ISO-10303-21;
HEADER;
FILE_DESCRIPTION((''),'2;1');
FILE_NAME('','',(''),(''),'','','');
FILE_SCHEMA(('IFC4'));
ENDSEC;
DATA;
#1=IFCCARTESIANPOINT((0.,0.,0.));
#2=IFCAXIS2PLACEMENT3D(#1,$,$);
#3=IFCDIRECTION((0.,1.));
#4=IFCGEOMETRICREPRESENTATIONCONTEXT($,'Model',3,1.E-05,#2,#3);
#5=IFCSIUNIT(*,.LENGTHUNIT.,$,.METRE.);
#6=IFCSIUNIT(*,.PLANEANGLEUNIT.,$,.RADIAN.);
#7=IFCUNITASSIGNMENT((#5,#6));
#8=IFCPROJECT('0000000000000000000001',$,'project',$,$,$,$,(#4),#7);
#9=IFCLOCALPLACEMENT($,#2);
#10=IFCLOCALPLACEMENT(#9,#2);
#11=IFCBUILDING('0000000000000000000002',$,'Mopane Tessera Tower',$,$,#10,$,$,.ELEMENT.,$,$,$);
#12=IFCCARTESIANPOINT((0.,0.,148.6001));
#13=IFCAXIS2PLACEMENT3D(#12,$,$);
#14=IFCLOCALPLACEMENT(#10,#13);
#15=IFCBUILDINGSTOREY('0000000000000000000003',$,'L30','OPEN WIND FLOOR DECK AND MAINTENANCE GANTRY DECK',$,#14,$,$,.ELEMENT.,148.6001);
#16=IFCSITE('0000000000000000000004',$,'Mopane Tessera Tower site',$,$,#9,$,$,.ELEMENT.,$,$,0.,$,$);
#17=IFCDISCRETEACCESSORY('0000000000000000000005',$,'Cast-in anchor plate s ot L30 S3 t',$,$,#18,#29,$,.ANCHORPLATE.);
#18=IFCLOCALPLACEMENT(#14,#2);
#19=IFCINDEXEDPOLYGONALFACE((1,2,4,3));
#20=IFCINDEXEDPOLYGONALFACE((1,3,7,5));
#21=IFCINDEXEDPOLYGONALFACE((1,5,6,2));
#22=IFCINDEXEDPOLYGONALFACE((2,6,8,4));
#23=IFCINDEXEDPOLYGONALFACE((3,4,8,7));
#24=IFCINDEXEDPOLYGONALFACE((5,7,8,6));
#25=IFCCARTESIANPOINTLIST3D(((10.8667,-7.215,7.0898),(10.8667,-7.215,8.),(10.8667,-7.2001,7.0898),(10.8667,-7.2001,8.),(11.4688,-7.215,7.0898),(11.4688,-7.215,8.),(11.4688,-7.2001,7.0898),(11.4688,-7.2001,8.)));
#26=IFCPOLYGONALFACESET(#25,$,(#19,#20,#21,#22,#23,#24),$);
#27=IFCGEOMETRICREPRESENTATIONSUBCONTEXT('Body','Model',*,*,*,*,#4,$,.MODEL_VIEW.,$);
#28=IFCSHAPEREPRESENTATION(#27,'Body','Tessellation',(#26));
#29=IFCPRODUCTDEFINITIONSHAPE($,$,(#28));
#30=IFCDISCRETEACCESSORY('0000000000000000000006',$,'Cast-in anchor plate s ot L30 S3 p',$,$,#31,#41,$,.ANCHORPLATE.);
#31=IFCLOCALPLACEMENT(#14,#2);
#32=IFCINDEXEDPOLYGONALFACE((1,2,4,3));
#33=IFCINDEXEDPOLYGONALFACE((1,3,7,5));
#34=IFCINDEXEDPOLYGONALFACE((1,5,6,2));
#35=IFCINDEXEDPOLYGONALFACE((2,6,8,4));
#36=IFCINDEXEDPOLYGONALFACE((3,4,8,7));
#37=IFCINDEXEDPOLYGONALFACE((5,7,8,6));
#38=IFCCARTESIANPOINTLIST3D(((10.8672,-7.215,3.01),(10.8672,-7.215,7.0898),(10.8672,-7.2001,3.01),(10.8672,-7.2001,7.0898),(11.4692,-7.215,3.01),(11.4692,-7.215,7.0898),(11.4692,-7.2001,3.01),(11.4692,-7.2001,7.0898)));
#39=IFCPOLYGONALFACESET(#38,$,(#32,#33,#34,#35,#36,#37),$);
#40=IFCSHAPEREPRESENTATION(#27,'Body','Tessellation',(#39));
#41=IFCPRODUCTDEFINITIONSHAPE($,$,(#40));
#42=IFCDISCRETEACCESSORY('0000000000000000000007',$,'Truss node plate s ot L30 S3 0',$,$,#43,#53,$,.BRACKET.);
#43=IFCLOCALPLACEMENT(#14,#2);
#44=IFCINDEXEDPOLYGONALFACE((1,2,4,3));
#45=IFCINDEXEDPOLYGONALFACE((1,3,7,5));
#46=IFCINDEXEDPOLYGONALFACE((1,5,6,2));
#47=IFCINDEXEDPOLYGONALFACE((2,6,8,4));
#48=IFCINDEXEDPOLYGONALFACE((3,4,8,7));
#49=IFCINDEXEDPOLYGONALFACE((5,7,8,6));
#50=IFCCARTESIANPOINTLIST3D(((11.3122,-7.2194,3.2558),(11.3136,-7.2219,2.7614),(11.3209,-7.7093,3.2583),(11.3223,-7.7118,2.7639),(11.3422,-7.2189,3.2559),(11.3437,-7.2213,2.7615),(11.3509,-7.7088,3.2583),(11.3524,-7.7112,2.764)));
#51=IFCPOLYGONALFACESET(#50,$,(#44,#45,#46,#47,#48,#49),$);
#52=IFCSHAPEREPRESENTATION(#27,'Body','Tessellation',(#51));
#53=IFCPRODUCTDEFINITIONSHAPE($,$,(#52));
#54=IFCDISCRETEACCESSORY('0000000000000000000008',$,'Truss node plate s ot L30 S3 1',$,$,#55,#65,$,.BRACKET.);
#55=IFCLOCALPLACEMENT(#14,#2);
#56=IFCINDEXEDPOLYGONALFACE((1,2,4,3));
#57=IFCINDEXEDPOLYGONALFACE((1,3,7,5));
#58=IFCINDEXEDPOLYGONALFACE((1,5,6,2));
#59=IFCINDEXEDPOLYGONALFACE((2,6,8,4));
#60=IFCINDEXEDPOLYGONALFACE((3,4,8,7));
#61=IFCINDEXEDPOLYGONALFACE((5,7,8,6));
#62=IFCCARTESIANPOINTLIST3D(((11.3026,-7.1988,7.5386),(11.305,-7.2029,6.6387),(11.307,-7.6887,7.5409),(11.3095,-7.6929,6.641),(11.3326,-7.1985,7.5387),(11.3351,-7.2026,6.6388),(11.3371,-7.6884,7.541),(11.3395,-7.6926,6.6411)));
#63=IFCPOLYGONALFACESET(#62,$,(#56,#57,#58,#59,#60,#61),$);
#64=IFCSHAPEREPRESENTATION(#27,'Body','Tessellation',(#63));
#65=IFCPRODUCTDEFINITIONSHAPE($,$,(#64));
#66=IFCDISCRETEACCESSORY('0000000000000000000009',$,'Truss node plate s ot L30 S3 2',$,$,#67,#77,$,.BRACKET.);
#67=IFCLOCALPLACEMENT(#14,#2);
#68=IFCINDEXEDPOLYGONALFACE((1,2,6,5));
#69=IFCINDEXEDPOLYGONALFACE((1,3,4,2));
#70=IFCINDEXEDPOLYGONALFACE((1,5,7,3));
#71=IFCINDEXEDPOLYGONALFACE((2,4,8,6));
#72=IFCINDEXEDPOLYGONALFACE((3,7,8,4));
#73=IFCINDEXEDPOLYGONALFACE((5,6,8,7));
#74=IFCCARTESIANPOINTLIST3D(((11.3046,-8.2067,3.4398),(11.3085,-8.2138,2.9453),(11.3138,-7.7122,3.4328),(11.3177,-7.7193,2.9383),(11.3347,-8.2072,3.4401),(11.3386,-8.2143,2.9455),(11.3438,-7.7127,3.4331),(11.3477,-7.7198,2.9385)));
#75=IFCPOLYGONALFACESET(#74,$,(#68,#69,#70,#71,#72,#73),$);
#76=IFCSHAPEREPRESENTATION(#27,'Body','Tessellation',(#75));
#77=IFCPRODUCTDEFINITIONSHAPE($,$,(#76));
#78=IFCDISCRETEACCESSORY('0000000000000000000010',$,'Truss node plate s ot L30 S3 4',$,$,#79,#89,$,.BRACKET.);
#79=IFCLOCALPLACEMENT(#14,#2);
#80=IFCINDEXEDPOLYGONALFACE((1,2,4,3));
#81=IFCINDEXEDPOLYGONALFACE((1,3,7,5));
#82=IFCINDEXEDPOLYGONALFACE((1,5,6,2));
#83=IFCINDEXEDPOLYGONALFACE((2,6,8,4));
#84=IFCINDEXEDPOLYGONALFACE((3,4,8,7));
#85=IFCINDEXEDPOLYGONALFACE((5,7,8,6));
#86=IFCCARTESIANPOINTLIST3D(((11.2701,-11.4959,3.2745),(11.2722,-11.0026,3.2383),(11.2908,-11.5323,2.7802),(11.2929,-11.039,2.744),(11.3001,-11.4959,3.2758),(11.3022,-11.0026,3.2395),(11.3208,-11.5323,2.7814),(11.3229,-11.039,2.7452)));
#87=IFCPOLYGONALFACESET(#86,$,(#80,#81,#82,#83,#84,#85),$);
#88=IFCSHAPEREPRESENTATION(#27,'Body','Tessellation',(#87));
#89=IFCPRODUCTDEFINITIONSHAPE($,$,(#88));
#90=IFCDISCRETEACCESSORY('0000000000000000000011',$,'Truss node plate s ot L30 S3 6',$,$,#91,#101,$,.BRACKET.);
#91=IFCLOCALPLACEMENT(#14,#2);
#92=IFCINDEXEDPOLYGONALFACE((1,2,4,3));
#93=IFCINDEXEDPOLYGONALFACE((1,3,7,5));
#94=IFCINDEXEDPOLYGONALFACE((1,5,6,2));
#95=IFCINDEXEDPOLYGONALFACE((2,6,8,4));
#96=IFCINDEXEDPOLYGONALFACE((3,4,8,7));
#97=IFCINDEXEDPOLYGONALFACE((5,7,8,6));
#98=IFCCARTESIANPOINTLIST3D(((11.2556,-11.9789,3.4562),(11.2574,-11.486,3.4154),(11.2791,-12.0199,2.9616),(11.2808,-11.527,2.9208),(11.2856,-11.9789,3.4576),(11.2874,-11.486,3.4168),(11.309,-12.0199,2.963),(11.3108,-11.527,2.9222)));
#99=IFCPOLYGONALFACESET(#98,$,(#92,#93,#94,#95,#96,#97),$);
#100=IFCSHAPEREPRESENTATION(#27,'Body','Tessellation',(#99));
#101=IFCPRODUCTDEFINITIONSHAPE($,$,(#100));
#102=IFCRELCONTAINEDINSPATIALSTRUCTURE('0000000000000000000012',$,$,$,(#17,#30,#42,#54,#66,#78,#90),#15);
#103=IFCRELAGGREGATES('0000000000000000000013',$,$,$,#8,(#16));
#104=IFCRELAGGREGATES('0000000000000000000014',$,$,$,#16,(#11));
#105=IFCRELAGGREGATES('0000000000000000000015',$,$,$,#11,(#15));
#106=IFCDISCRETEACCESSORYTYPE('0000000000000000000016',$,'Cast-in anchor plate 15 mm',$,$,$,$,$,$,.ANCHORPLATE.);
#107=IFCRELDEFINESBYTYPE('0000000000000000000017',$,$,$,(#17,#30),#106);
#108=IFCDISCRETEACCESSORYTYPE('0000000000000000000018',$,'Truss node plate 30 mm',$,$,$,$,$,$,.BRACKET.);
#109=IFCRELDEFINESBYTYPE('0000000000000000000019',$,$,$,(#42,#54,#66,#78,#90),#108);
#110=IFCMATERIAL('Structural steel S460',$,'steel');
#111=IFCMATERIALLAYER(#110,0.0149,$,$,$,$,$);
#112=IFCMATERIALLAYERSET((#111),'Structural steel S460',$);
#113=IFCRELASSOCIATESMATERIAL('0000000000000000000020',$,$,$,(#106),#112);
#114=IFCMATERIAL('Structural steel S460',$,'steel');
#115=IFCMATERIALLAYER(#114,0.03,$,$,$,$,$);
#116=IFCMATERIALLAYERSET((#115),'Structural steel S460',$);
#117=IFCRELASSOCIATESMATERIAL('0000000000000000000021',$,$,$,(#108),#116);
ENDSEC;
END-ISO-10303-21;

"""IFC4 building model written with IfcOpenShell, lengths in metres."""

from ifc_helpers import new_model, si_unit, direction, frame, origin, origin_2d, place, context, subcontext, project, spatial, rectangle, extrude, material, layer, layer_set, type_object, element, save


model = new_model("IFC4")

# Units and contexts
model_context = context("Model", 3, precision=1e-05, world=origin(), true_north=direction((0.0, 1.0)))
body_context = subcontext(model_context, "Body", "Model", "MODEL_VIEW")
ifc_project = project(units=[si_unit("LENGTHUNIT", "METRE"), si_unit("PLANEANGLEUNIT", "RADIAN")], contexts=[model_context])

# Site, building, storey
site_placement = place(None, origin())
site = spatial("IfcSite", under=ifc_project, at=site_placement, Name="Mopane Tessera Tower site", CompositionType="ELEMENT", RefElevation=0.0)
building_placement = place(site_placement, origin())
building = spatial("IfcBuilding", under=site, at=building_placement, Name="Mopane Tessera Tower", CompositionType="ELEMENT")
storey_placement = place(building_placement, frame((0.0, 0.0, 148.6001)))
storey = spatial("IfcBuildingStorey", under=building, at=storey_placement, Name="L30", Description="OPEN WIND FLOOR DECK AND MAINTENANCE GANTRY DECK", CompositionType="ELEMENT", Elevation=148.6001)

# Discrete accessories
ifc_material_1 = material(Name="Structural steel S460", Category="steel")
ifc_layer_1 = layer(ifc_material_1, 0.0149)
ifc_layer_set_1 = layer_set([ifc_layer_1], Name="Structural steel S460")
discrete_accessory_type_1 = type_object("IfcDiscreteAccessoryType", Name="Cast-in anchor plate 15 mm", PredefinedType="ANCHORPLATE", material=ifc_layer_set_1)
for number, where, z_axis, x_axis, name in (
    (1, (11.1677, -7.2075, 7.0898), (0.0, 0.0, 1.0), (0.0, -1.0, 0.0), "Cast-in anchor plate s ot L30 S3 t"),
):
    element("IfcDiscreteAccessory", number, at=place(storey_placement, frame(where, z_axis=z_axis, x_axis=x_axis)), inside=storey, type_object=discrete_accessory_type_1, Name=name, PredefinedType="ANCHORPLATE", context=body_context, shape_type="SweptSolid", body=[
        extrude(rectangle(XDim=0.0149, YDim=0.6021, at=origin_2d()), origin(), (0.0, 0.0, 1.0), 0.9102),
    ])
discrete_accessory_1_placement = place(storey_placement, frame((11.1682, -7.2075, 3.01), z_axis=(0.0, 0.0, 1.0), x_axis=(0.0, -1.0, 0.0)))
element("IfcDiscreteAccessory", 2, at=discrete_accessory_1_placement, inside=storey, type_object=discrete_accessory_type_1, Name="Cast-in anchor plate s ot L30 S3 p", PredefinedType="ANCHORPLATE", context=body_context, shape_type="SweptSolid", body=[
    extrude(rectangle(XDim=0.0149, YDim=0.6021, at=origin_2d()), origin(), (0.0, 0.0, 1.0), 4.0798),
])
ifc_material_2 = material(Name="Structural steel S460", Category="steel")
ifc_layer_2 = layer(ifc_material_2, 0.03)
ifc_layer_set_2 = layer_set([ifc_layer_2], Name="Structural steel S460")
discrete_accessory_type_2 = type_object("IfcDiscreteAccessoryType", Name="Truss node plate 30 mm", PredefinedType="BRACKET", material=ifc_layer_set_2)
discrete_accessory_2_placement = place(storey_placement, frame((11.333, -7.4666, 2.7627), z_axis=(-0.002963, 0.004938, 0.999983), x_axis=(0.999838, 0.017757, 0.002875)))
element("IfcDiscreteAccessory", 3, at=discrete_accessory_2_placement, inside=storey, type_object=discrete_accessory_type_2, Name="Truss node plate s ot L30 S3 0", PredefinedType="BRACKET", context=body_context, shape_type="SweptSolid", body=[
    extrude(rectangle(XDim=0.03, YDim=0.49, at=origin_2d()), origin(), (0.0, 0.0, 1.0), 0.4944),
])
discrete_accessory_3_placement = place(storey_placement, frame((11.3223, -7.4478, 6.6399), z_axis=(-0.002713, 0.004612, 0.999986), x_axis=(0.999955, 0.009061, 0.002671)))
element("IfcDiscreteAccessory", 4, at=discrete_accessory_3_placement, inside=storey, type_object=discrete_accessory_type_2, Name="Truss node plate s ot L30 S3 1", PredefinedType="BRACKET", context=body_context, shape_type="SweptSolid", body=[
    extrude(rectangle(XDim=0.03, YDim=0.49, at=origin_2d()), origin(), (0.0, 0.0, 1.0), 0.8999),
])
discrete_accessory_4_placement = place(storey_placement, frame((11.3281, -7.9668, 2.9419), z_axis=(-0.007896, 0.014312, 0.999866), x_axis=(0.999798, -0.018395, 0.008159)))
element("IfcDiscreteAccessory", 5, at=discrete_accessory_4_placement, inside=storey, type_object=discrete_accessory_type_2, Name="Truss node plate s ot L30 S3 2", PredefinedType="BRACKET", context=body_context, shape_type="SweptSolid", body=[
    extrude(rectangle(XDim=0.03, YDim=0.4946, at=origin_2d()), origin(), (0.0, 0.0, 1.0), 0.4946),
])
discrete_accessory_5_placement = place(storey_placement, frame((11.3069, -11.2856, 2.7627), z_axis=(-0.041826, 0.073318, 0.996431), x_axis=(0.999116, -0.001156, 0.042023)))
element("IfcDiscreteAccessory", 6, at=discrete_accessory_5_placement, inside=storey, type_object=discrete_accessory_type_2, Name="Truss node plate s ot L30 S3 4", PredefinedType="BRACKET", context=body_context, shape_type="SweptSolid", body=[
    extrude(rectangle(XDim=0.03, YDim=0.4946, at=origin_2d()), origin(), (0.0, 0.0, 1.0), 0.4961),
])
discrete_accessory_6_placement = place(storey_placement, frame((11.2949, -11.7734, 2.9419), z_axis=(-0.047169, 0.082546, 0.99547), x_axis=(0.998881, 0.000383, 0.047299)))
element("IfcDiscreteAccessory", 7, at=discrete_accessory_6_placement, inside=storey, type_object=discrete_accessory_type_2, Name="Truss node plate s ot L30 S3 6", PredefinedType="BRACKET", context=body_context, shape_type="SweptSolid", body=[
    extrude(rectangle(XDim=0.03, YDim=0.4946, at=origin_2d()), origin(), (0.0, 0.0, 1.0), 0.4968),
])

save(model, "model.ifc")
